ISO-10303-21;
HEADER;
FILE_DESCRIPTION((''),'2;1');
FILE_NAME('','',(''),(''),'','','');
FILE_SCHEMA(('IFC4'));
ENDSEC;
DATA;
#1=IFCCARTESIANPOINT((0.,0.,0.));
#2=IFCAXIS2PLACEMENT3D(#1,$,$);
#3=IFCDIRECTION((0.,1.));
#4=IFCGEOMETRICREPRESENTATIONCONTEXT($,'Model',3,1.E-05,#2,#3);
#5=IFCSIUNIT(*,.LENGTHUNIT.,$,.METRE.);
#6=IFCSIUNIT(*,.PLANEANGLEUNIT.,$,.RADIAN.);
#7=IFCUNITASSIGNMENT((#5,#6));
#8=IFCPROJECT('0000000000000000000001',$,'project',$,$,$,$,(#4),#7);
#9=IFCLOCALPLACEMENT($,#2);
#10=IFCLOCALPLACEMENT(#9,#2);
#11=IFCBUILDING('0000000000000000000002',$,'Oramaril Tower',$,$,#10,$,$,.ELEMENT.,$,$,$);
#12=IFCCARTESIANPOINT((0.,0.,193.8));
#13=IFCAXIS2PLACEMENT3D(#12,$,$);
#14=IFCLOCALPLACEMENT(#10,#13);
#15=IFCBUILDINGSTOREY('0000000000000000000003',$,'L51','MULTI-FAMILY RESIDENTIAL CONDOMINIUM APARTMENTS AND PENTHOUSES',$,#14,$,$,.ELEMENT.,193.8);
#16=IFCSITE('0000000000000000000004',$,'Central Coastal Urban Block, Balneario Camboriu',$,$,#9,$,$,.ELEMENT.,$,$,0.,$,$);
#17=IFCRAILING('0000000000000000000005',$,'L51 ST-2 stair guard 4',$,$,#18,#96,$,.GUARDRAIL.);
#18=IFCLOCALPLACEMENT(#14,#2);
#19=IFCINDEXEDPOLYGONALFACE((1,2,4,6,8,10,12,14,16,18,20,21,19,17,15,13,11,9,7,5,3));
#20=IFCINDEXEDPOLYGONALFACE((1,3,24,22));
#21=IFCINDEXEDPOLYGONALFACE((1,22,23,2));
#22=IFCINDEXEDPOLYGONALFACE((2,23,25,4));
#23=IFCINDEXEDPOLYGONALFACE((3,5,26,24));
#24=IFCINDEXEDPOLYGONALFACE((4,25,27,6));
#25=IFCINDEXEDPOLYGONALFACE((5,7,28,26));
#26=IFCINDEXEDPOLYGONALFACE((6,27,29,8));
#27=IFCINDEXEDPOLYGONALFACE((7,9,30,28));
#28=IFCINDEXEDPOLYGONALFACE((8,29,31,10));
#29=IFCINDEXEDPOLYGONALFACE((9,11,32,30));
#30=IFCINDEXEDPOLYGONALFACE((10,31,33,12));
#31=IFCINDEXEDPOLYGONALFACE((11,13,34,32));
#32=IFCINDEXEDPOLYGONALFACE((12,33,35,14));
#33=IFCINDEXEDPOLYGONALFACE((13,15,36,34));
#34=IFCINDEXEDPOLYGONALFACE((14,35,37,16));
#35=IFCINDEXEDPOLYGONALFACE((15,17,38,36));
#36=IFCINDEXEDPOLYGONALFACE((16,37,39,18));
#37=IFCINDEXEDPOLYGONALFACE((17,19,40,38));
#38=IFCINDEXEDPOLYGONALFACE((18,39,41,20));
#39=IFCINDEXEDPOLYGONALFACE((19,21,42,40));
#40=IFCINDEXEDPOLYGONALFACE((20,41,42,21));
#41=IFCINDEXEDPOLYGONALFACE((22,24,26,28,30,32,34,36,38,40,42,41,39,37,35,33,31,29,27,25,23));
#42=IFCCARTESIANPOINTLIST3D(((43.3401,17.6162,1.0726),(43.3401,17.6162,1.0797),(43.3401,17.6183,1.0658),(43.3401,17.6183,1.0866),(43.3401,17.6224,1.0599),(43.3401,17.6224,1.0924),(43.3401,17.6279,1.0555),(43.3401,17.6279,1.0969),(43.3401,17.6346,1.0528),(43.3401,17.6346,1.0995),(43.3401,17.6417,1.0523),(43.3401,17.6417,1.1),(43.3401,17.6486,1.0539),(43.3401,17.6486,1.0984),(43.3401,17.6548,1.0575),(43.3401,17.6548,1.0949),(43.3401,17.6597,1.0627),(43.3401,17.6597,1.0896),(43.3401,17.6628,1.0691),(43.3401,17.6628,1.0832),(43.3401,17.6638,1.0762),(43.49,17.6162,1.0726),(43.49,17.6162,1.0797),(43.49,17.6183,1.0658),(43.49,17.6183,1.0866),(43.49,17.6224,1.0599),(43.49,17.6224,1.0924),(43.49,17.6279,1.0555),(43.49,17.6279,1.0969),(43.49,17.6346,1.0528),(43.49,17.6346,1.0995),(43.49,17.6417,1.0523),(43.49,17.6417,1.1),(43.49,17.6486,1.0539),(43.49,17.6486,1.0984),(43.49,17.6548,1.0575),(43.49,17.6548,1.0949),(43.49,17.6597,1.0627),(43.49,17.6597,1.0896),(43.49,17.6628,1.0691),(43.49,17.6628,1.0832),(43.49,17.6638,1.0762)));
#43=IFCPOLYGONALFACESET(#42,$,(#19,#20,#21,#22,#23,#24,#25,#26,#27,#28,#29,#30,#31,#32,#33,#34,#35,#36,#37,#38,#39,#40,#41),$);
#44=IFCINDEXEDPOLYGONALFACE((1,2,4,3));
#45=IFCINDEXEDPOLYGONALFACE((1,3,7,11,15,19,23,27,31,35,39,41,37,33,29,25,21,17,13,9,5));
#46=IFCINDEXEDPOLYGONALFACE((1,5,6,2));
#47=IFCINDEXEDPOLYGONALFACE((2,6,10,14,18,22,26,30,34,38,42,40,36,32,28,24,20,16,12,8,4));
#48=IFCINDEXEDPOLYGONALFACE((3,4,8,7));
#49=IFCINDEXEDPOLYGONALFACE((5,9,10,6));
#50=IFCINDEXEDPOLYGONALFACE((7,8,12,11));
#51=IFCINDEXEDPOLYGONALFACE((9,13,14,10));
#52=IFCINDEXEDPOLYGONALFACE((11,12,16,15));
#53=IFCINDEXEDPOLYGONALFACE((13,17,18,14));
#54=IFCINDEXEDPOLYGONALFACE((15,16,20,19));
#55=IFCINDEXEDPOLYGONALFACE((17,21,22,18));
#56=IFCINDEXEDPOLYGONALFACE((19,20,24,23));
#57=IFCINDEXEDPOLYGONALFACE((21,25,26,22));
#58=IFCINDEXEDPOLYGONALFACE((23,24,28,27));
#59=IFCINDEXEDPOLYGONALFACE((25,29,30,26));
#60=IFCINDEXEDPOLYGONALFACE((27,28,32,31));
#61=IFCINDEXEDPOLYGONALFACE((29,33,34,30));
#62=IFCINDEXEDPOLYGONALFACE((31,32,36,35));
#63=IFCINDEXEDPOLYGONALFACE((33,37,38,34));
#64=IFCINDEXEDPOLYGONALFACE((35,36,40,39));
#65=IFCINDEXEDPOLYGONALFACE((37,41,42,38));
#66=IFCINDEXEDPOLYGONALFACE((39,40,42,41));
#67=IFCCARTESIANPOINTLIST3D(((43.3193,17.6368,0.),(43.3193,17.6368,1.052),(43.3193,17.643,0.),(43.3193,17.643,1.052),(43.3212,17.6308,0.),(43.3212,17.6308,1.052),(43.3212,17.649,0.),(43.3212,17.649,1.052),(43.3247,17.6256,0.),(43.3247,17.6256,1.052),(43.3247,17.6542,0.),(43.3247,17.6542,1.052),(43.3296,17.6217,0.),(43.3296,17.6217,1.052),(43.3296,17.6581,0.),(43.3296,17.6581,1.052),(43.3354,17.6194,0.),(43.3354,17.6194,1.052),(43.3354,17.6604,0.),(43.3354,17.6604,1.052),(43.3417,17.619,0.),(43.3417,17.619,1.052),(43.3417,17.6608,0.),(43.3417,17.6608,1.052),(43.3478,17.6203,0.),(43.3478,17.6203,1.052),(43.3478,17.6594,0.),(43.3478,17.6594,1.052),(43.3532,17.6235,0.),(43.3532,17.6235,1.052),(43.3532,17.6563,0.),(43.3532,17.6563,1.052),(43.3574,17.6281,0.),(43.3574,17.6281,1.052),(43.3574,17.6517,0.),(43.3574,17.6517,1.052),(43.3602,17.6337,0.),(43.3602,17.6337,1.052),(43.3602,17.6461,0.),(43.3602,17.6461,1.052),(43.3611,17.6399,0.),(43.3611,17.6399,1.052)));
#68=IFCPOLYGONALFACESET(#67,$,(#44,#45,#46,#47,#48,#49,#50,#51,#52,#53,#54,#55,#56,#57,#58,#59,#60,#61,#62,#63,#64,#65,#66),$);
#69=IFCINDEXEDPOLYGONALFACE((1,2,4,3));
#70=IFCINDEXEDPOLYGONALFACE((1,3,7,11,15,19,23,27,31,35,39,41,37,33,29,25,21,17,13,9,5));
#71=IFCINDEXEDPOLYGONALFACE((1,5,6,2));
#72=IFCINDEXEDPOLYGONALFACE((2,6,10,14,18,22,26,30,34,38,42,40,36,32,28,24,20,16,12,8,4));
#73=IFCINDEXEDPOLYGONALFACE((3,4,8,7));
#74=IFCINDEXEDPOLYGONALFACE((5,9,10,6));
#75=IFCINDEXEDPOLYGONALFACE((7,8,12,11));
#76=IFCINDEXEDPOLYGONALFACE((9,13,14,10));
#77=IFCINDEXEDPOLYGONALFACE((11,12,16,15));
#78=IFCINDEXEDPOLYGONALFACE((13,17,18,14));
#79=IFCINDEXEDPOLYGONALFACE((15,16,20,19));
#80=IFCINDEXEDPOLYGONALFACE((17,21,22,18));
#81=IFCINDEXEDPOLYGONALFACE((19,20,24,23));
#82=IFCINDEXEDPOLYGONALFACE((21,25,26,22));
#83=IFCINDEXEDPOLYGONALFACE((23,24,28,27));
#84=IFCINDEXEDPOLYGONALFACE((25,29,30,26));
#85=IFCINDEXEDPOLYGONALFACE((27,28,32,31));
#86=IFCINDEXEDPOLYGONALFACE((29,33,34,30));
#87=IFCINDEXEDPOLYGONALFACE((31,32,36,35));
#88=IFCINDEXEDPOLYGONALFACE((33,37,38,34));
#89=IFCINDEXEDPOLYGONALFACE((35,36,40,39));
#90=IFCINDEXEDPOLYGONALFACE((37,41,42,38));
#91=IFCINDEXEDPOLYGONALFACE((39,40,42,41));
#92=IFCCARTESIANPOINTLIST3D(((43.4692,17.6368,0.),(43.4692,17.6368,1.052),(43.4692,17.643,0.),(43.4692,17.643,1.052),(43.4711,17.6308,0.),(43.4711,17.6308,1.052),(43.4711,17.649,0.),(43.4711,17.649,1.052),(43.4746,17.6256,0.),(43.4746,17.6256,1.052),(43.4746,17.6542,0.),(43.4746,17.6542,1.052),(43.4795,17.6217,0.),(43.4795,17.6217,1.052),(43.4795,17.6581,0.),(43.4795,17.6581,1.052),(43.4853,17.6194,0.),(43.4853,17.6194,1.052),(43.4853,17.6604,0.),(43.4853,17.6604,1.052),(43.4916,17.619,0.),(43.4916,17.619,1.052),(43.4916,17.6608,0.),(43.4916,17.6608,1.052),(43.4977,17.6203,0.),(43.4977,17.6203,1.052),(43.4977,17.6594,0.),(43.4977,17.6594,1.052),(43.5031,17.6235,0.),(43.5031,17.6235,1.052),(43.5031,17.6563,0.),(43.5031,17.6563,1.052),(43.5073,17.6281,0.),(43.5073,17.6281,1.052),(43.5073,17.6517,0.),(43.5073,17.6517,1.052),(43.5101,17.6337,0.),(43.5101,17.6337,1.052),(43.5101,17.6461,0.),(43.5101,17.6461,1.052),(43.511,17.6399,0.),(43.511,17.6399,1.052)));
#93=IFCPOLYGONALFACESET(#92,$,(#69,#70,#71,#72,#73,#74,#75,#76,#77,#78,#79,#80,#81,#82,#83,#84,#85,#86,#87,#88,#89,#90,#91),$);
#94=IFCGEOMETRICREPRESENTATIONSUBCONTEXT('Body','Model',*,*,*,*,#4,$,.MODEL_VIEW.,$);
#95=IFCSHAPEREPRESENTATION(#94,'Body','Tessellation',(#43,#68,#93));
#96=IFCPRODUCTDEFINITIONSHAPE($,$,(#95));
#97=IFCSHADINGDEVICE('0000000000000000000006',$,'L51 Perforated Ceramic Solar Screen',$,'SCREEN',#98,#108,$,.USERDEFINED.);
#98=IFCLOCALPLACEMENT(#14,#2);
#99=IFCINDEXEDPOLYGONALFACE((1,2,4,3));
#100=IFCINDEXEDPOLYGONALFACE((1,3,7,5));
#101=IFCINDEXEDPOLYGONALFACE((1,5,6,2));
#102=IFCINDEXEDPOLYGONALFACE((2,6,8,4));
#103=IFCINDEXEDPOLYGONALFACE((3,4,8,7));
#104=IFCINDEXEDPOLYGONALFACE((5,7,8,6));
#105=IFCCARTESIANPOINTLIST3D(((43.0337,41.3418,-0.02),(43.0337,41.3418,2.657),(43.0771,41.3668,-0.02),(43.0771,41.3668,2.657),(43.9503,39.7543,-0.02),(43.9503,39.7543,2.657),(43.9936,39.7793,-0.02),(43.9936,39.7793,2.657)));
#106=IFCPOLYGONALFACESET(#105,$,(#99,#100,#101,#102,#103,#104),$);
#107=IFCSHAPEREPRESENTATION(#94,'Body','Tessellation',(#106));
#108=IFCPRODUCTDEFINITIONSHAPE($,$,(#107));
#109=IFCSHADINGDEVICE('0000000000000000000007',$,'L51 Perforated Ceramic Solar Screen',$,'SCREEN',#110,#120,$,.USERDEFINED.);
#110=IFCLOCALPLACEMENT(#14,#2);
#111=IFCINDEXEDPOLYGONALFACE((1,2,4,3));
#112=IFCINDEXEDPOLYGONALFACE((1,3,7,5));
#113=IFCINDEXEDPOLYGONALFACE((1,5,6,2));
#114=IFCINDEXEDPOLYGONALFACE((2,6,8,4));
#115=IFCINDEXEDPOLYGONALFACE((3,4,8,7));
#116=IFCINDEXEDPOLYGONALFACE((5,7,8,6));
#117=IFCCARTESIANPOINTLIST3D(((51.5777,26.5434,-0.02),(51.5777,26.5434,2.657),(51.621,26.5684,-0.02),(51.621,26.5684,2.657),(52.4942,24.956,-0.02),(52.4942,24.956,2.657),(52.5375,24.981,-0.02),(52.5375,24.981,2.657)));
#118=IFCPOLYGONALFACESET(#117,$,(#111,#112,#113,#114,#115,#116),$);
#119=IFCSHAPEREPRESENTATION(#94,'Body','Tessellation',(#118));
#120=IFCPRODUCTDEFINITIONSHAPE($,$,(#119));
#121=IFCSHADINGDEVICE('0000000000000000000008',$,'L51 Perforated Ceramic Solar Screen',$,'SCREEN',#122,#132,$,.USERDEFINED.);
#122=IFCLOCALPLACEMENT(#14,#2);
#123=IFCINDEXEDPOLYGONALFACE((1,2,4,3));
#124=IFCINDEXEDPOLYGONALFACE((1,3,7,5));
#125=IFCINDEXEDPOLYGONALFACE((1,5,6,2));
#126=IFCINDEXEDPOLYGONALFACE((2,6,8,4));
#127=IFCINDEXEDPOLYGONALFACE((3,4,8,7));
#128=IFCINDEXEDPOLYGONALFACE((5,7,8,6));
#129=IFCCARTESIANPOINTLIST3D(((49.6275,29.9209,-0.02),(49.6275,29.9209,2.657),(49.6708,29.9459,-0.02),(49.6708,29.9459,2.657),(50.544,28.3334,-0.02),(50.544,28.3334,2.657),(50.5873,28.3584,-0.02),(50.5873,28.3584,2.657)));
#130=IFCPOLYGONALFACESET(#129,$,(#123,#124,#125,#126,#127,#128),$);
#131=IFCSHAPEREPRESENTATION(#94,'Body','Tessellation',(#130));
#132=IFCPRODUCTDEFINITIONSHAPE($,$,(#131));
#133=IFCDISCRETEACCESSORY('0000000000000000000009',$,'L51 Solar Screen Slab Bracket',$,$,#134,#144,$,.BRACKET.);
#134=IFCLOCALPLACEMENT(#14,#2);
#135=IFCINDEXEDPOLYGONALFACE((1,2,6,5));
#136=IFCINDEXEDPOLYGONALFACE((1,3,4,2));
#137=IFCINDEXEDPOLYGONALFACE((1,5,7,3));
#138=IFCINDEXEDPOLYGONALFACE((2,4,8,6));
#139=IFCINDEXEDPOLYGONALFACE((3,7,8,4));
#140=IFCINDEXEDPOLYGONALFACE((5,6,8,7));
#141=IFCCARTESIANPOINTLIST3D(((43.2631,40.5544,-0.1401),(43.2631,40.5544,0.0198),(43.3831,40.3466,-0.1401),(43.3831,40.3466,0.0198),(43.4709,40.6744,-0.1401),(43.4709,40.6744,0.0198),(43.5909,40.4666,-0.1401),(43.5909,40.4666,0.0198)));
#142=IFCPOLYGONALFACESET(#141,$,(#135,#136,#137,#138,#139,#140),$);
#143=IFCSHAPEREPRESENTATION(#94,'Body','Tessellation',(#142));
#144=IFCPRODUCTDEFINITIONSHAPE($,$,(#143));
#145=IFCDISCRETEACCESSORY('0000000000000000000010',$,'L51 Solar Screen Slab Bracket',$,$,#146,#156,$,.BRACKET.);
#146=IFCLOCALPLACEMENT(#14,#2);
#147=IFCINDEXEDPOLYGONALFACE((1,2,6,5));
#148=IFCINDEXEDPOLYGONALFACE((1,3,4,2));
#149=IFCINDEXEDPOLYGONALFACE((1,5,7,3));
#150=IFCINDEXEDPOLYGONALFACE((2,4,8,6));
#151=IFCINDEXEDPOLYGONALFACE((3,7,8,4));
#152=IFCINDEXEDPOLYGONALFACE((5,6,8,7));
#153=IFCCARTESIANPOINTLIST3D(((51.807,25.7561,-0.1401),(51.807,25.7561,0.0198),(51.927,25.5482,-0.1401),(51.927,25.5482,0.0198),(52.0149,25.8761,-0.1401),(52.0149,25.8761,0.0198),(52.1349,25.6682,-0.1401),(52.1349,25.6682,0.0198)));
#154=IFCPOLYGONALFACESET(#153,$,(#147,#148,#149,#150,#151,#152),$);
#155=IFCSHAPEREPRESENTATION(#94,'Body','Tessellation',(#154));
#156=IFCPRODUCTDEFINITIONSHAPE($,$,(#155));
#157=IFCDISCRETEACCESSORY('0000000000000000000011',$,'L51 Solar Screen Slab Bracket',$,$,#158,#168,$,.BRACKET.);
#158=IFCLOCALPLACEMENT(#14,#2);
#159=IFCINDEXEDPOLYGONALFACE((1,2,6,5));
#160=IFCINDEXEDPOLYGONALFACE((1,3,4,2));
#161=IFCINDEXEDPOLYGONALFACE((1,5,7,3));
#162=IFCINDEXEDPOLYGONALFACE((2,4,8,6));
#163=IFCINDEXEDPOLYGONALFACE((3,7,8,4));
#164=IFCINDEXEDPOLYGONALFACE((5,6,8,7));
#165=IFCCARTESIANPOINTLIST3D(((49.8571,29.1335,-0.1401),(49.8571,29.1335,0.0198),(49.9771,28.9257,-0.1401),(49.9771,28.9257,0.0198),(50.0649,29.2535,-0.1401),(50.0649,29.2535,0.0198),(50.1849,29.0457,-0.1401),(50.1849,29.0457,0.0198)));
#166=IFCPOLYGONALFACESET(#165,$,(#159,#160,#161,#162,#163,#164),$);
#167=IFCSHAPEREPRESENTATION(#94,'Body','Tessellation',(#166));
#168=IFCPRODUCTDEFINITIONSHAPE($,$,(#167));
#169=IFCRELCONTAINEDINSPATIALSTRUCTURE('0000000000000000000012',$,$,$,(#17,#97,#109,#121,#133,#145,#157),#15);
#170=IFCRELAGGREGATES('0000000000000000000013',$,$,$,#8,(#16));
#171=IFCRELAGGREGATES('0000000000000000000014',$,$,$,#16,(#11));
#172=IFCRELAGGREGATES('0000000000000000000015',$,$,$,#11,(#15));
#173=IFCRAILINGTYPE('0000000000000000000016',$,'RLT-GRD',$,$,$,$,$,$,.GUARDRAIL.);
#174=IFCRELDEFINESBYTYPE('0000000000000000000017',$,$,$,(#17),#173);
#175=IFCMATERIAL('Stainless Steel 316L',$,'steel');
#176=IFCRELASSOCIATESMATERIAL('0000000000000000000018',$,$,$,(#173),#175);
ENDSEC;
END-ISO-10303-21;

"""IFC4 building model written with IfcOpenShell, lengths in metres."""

from ifc_helpers import new_model, si_unit, direction, frame, origin, origin_2d, place, context, subcontext, project, spatial, rectangle, circle, extrude, material, type_object, element, save


model = new_model("IFC4")

# Units and contexts
model_context = context("Model", 3, precision=1e-05, world=origin(), true_north=direction((0.0, 1.0)))
body_context = subcontext(model_context, "Body", "Model", "MODEL_VIEW")
ifc_project = project(units=[si_unit("LENGTHUNIT", "METRE"), si_unit("PLANEANGLEUNIT", "RADIAN")], contexts=[model_context])

# Site, building, storey
site_placement = place(None, origin())
site = spatial("IfcSite", under=ifc_project, at=site_placement, Name="Central Coastal Urban Block, Balneario Camboriu", CompositionType="ELEMENT", RefElevation=0.0)
building_placement = place(site_placement, origin())
building = spatial("IfcBuilding", under=site, at=building_placement, Name="Oramaril Tower", CompositionType="ELEMENT")
storey_placement = place(building_placement, frame((0.0, 0.0, 193.8)))
storey = spatial("IfcBuildingStorey", under=building, at=storey_placement, Name="L51", Description="MULTI-FAMILY RESIDENTIAL CONDOMINIUM APARTMENTS AND PENTHOUSES", CompositionType="ELEMENT", Elevation=193.8)

# Railing
ifc_material_1 = material(Name="Stainless Steel 316L", Category="steel")
railing_type = type_object("IfcRailingType", Name="RLT-GRD", PredefinedType="GUARDRAIL", material=ifc_material_1)
railing_1_placement = place(storey_placement, frame((43.3401, 17.6399, 0.0)))
element("IfcRailing", 1, at=railing_1_placement, inside=storey, type_object=railing_type, Name="L51 ST-2 stair guard 4", PredefinedType="GUARDRAIL", context=body_context, shape_type="SweptSolid", body=[
    extrude(circle(Radius=0.0239, at=origin_2d()), frame((0.0, 0.0, 1.0762), z_axis=(1.0, 0.0, 0.0), x_axis=(0.0, 1.0, 0.0)), (0.0, 0.0, 1.0), 0.1499),
    extrude(circle(Radius=0.021, at=origin_2d()), origin(), (0.0, 0.0, 1.0), 1.052),
    extrude(circle(Radius=0.021, at=origin_2d()), frame((0.1499, 0.0, 0.0)), (0.0, 0.0, 1.0), 1.052),
])

# Shading devices
for number, where, z_axis, x_axis, name in (
    (2, (43.5137, 40.5605, -0.02), (0.0, 0.0, 1.0), (-0.5, 0.866025, 0.0), "L51 Perforated Ceramic Solar Screen"),
    (3, (52.0576, 25.7622, -0.02), (0.0, 0.0, 1.0), (-0.5, 0.866025, 0.0), "L51 Perforated Ceramic Solar Screen"),
    (4, (50.1074, 29.1396, -0.02), (0.0, 0.0, 1.0), (-0.5, 0.866025, 0.0), "L51 Perforated Ceramic Solar Screen"),
):
    element("IfcShadingDevice", number, at=place(storey_placement, frame(where, z_axis=z_axis, x_axis=x_axis)), inside=storey, Name=name, ObjectType="SCREEN", PredefinedType="USERDEFINED", context=body_context, shape_type="SweptSolid", body=[
        extrude(rectangle(XDim=1.833, YDim=0.05, at=origin_2d()), origin(), (0.0, 0.0, 1.0), 2.677),
    ])

# Discrete accessories
for number, where, z_axis, x_axis, name in (
    (5, (43.427, 40.5105, -0.1401), (0.0, 0.0, 1.0), (-0.5, 0.866025, 0.0), "L51 Solar Screen Slab Bracket"),
    (6, (51.9709, 25.7122, -0.1401), (0.0, 0.0, 1.0), (-0.5, 0.866025, 0.0), "L51 Solar Screen Slab Bracket"),
    (7, (50.021, 29.0896, -0.1401), (0.0, 0.0, 1.0), (-0.5, 0.866025, 0.0), "L51 Solar Screen Slab Bracket"),
):
    element("IfcDiscreteAccessory", number, at=place(storey_placement, frame(where, z_axis=z_axis, x_axis=x_axis)), inside=storey, Name=name, PredefinedType="BRACKET", context=body_context, shape_type="SweptSolid", body=[
        extrude(rectangle(XDim=0.24, YDim=0.24, at=origin_2d()), origin(), (0.0, 0.0, 1.0), 0.1599),
    ])

save(model, "model.ifc")
